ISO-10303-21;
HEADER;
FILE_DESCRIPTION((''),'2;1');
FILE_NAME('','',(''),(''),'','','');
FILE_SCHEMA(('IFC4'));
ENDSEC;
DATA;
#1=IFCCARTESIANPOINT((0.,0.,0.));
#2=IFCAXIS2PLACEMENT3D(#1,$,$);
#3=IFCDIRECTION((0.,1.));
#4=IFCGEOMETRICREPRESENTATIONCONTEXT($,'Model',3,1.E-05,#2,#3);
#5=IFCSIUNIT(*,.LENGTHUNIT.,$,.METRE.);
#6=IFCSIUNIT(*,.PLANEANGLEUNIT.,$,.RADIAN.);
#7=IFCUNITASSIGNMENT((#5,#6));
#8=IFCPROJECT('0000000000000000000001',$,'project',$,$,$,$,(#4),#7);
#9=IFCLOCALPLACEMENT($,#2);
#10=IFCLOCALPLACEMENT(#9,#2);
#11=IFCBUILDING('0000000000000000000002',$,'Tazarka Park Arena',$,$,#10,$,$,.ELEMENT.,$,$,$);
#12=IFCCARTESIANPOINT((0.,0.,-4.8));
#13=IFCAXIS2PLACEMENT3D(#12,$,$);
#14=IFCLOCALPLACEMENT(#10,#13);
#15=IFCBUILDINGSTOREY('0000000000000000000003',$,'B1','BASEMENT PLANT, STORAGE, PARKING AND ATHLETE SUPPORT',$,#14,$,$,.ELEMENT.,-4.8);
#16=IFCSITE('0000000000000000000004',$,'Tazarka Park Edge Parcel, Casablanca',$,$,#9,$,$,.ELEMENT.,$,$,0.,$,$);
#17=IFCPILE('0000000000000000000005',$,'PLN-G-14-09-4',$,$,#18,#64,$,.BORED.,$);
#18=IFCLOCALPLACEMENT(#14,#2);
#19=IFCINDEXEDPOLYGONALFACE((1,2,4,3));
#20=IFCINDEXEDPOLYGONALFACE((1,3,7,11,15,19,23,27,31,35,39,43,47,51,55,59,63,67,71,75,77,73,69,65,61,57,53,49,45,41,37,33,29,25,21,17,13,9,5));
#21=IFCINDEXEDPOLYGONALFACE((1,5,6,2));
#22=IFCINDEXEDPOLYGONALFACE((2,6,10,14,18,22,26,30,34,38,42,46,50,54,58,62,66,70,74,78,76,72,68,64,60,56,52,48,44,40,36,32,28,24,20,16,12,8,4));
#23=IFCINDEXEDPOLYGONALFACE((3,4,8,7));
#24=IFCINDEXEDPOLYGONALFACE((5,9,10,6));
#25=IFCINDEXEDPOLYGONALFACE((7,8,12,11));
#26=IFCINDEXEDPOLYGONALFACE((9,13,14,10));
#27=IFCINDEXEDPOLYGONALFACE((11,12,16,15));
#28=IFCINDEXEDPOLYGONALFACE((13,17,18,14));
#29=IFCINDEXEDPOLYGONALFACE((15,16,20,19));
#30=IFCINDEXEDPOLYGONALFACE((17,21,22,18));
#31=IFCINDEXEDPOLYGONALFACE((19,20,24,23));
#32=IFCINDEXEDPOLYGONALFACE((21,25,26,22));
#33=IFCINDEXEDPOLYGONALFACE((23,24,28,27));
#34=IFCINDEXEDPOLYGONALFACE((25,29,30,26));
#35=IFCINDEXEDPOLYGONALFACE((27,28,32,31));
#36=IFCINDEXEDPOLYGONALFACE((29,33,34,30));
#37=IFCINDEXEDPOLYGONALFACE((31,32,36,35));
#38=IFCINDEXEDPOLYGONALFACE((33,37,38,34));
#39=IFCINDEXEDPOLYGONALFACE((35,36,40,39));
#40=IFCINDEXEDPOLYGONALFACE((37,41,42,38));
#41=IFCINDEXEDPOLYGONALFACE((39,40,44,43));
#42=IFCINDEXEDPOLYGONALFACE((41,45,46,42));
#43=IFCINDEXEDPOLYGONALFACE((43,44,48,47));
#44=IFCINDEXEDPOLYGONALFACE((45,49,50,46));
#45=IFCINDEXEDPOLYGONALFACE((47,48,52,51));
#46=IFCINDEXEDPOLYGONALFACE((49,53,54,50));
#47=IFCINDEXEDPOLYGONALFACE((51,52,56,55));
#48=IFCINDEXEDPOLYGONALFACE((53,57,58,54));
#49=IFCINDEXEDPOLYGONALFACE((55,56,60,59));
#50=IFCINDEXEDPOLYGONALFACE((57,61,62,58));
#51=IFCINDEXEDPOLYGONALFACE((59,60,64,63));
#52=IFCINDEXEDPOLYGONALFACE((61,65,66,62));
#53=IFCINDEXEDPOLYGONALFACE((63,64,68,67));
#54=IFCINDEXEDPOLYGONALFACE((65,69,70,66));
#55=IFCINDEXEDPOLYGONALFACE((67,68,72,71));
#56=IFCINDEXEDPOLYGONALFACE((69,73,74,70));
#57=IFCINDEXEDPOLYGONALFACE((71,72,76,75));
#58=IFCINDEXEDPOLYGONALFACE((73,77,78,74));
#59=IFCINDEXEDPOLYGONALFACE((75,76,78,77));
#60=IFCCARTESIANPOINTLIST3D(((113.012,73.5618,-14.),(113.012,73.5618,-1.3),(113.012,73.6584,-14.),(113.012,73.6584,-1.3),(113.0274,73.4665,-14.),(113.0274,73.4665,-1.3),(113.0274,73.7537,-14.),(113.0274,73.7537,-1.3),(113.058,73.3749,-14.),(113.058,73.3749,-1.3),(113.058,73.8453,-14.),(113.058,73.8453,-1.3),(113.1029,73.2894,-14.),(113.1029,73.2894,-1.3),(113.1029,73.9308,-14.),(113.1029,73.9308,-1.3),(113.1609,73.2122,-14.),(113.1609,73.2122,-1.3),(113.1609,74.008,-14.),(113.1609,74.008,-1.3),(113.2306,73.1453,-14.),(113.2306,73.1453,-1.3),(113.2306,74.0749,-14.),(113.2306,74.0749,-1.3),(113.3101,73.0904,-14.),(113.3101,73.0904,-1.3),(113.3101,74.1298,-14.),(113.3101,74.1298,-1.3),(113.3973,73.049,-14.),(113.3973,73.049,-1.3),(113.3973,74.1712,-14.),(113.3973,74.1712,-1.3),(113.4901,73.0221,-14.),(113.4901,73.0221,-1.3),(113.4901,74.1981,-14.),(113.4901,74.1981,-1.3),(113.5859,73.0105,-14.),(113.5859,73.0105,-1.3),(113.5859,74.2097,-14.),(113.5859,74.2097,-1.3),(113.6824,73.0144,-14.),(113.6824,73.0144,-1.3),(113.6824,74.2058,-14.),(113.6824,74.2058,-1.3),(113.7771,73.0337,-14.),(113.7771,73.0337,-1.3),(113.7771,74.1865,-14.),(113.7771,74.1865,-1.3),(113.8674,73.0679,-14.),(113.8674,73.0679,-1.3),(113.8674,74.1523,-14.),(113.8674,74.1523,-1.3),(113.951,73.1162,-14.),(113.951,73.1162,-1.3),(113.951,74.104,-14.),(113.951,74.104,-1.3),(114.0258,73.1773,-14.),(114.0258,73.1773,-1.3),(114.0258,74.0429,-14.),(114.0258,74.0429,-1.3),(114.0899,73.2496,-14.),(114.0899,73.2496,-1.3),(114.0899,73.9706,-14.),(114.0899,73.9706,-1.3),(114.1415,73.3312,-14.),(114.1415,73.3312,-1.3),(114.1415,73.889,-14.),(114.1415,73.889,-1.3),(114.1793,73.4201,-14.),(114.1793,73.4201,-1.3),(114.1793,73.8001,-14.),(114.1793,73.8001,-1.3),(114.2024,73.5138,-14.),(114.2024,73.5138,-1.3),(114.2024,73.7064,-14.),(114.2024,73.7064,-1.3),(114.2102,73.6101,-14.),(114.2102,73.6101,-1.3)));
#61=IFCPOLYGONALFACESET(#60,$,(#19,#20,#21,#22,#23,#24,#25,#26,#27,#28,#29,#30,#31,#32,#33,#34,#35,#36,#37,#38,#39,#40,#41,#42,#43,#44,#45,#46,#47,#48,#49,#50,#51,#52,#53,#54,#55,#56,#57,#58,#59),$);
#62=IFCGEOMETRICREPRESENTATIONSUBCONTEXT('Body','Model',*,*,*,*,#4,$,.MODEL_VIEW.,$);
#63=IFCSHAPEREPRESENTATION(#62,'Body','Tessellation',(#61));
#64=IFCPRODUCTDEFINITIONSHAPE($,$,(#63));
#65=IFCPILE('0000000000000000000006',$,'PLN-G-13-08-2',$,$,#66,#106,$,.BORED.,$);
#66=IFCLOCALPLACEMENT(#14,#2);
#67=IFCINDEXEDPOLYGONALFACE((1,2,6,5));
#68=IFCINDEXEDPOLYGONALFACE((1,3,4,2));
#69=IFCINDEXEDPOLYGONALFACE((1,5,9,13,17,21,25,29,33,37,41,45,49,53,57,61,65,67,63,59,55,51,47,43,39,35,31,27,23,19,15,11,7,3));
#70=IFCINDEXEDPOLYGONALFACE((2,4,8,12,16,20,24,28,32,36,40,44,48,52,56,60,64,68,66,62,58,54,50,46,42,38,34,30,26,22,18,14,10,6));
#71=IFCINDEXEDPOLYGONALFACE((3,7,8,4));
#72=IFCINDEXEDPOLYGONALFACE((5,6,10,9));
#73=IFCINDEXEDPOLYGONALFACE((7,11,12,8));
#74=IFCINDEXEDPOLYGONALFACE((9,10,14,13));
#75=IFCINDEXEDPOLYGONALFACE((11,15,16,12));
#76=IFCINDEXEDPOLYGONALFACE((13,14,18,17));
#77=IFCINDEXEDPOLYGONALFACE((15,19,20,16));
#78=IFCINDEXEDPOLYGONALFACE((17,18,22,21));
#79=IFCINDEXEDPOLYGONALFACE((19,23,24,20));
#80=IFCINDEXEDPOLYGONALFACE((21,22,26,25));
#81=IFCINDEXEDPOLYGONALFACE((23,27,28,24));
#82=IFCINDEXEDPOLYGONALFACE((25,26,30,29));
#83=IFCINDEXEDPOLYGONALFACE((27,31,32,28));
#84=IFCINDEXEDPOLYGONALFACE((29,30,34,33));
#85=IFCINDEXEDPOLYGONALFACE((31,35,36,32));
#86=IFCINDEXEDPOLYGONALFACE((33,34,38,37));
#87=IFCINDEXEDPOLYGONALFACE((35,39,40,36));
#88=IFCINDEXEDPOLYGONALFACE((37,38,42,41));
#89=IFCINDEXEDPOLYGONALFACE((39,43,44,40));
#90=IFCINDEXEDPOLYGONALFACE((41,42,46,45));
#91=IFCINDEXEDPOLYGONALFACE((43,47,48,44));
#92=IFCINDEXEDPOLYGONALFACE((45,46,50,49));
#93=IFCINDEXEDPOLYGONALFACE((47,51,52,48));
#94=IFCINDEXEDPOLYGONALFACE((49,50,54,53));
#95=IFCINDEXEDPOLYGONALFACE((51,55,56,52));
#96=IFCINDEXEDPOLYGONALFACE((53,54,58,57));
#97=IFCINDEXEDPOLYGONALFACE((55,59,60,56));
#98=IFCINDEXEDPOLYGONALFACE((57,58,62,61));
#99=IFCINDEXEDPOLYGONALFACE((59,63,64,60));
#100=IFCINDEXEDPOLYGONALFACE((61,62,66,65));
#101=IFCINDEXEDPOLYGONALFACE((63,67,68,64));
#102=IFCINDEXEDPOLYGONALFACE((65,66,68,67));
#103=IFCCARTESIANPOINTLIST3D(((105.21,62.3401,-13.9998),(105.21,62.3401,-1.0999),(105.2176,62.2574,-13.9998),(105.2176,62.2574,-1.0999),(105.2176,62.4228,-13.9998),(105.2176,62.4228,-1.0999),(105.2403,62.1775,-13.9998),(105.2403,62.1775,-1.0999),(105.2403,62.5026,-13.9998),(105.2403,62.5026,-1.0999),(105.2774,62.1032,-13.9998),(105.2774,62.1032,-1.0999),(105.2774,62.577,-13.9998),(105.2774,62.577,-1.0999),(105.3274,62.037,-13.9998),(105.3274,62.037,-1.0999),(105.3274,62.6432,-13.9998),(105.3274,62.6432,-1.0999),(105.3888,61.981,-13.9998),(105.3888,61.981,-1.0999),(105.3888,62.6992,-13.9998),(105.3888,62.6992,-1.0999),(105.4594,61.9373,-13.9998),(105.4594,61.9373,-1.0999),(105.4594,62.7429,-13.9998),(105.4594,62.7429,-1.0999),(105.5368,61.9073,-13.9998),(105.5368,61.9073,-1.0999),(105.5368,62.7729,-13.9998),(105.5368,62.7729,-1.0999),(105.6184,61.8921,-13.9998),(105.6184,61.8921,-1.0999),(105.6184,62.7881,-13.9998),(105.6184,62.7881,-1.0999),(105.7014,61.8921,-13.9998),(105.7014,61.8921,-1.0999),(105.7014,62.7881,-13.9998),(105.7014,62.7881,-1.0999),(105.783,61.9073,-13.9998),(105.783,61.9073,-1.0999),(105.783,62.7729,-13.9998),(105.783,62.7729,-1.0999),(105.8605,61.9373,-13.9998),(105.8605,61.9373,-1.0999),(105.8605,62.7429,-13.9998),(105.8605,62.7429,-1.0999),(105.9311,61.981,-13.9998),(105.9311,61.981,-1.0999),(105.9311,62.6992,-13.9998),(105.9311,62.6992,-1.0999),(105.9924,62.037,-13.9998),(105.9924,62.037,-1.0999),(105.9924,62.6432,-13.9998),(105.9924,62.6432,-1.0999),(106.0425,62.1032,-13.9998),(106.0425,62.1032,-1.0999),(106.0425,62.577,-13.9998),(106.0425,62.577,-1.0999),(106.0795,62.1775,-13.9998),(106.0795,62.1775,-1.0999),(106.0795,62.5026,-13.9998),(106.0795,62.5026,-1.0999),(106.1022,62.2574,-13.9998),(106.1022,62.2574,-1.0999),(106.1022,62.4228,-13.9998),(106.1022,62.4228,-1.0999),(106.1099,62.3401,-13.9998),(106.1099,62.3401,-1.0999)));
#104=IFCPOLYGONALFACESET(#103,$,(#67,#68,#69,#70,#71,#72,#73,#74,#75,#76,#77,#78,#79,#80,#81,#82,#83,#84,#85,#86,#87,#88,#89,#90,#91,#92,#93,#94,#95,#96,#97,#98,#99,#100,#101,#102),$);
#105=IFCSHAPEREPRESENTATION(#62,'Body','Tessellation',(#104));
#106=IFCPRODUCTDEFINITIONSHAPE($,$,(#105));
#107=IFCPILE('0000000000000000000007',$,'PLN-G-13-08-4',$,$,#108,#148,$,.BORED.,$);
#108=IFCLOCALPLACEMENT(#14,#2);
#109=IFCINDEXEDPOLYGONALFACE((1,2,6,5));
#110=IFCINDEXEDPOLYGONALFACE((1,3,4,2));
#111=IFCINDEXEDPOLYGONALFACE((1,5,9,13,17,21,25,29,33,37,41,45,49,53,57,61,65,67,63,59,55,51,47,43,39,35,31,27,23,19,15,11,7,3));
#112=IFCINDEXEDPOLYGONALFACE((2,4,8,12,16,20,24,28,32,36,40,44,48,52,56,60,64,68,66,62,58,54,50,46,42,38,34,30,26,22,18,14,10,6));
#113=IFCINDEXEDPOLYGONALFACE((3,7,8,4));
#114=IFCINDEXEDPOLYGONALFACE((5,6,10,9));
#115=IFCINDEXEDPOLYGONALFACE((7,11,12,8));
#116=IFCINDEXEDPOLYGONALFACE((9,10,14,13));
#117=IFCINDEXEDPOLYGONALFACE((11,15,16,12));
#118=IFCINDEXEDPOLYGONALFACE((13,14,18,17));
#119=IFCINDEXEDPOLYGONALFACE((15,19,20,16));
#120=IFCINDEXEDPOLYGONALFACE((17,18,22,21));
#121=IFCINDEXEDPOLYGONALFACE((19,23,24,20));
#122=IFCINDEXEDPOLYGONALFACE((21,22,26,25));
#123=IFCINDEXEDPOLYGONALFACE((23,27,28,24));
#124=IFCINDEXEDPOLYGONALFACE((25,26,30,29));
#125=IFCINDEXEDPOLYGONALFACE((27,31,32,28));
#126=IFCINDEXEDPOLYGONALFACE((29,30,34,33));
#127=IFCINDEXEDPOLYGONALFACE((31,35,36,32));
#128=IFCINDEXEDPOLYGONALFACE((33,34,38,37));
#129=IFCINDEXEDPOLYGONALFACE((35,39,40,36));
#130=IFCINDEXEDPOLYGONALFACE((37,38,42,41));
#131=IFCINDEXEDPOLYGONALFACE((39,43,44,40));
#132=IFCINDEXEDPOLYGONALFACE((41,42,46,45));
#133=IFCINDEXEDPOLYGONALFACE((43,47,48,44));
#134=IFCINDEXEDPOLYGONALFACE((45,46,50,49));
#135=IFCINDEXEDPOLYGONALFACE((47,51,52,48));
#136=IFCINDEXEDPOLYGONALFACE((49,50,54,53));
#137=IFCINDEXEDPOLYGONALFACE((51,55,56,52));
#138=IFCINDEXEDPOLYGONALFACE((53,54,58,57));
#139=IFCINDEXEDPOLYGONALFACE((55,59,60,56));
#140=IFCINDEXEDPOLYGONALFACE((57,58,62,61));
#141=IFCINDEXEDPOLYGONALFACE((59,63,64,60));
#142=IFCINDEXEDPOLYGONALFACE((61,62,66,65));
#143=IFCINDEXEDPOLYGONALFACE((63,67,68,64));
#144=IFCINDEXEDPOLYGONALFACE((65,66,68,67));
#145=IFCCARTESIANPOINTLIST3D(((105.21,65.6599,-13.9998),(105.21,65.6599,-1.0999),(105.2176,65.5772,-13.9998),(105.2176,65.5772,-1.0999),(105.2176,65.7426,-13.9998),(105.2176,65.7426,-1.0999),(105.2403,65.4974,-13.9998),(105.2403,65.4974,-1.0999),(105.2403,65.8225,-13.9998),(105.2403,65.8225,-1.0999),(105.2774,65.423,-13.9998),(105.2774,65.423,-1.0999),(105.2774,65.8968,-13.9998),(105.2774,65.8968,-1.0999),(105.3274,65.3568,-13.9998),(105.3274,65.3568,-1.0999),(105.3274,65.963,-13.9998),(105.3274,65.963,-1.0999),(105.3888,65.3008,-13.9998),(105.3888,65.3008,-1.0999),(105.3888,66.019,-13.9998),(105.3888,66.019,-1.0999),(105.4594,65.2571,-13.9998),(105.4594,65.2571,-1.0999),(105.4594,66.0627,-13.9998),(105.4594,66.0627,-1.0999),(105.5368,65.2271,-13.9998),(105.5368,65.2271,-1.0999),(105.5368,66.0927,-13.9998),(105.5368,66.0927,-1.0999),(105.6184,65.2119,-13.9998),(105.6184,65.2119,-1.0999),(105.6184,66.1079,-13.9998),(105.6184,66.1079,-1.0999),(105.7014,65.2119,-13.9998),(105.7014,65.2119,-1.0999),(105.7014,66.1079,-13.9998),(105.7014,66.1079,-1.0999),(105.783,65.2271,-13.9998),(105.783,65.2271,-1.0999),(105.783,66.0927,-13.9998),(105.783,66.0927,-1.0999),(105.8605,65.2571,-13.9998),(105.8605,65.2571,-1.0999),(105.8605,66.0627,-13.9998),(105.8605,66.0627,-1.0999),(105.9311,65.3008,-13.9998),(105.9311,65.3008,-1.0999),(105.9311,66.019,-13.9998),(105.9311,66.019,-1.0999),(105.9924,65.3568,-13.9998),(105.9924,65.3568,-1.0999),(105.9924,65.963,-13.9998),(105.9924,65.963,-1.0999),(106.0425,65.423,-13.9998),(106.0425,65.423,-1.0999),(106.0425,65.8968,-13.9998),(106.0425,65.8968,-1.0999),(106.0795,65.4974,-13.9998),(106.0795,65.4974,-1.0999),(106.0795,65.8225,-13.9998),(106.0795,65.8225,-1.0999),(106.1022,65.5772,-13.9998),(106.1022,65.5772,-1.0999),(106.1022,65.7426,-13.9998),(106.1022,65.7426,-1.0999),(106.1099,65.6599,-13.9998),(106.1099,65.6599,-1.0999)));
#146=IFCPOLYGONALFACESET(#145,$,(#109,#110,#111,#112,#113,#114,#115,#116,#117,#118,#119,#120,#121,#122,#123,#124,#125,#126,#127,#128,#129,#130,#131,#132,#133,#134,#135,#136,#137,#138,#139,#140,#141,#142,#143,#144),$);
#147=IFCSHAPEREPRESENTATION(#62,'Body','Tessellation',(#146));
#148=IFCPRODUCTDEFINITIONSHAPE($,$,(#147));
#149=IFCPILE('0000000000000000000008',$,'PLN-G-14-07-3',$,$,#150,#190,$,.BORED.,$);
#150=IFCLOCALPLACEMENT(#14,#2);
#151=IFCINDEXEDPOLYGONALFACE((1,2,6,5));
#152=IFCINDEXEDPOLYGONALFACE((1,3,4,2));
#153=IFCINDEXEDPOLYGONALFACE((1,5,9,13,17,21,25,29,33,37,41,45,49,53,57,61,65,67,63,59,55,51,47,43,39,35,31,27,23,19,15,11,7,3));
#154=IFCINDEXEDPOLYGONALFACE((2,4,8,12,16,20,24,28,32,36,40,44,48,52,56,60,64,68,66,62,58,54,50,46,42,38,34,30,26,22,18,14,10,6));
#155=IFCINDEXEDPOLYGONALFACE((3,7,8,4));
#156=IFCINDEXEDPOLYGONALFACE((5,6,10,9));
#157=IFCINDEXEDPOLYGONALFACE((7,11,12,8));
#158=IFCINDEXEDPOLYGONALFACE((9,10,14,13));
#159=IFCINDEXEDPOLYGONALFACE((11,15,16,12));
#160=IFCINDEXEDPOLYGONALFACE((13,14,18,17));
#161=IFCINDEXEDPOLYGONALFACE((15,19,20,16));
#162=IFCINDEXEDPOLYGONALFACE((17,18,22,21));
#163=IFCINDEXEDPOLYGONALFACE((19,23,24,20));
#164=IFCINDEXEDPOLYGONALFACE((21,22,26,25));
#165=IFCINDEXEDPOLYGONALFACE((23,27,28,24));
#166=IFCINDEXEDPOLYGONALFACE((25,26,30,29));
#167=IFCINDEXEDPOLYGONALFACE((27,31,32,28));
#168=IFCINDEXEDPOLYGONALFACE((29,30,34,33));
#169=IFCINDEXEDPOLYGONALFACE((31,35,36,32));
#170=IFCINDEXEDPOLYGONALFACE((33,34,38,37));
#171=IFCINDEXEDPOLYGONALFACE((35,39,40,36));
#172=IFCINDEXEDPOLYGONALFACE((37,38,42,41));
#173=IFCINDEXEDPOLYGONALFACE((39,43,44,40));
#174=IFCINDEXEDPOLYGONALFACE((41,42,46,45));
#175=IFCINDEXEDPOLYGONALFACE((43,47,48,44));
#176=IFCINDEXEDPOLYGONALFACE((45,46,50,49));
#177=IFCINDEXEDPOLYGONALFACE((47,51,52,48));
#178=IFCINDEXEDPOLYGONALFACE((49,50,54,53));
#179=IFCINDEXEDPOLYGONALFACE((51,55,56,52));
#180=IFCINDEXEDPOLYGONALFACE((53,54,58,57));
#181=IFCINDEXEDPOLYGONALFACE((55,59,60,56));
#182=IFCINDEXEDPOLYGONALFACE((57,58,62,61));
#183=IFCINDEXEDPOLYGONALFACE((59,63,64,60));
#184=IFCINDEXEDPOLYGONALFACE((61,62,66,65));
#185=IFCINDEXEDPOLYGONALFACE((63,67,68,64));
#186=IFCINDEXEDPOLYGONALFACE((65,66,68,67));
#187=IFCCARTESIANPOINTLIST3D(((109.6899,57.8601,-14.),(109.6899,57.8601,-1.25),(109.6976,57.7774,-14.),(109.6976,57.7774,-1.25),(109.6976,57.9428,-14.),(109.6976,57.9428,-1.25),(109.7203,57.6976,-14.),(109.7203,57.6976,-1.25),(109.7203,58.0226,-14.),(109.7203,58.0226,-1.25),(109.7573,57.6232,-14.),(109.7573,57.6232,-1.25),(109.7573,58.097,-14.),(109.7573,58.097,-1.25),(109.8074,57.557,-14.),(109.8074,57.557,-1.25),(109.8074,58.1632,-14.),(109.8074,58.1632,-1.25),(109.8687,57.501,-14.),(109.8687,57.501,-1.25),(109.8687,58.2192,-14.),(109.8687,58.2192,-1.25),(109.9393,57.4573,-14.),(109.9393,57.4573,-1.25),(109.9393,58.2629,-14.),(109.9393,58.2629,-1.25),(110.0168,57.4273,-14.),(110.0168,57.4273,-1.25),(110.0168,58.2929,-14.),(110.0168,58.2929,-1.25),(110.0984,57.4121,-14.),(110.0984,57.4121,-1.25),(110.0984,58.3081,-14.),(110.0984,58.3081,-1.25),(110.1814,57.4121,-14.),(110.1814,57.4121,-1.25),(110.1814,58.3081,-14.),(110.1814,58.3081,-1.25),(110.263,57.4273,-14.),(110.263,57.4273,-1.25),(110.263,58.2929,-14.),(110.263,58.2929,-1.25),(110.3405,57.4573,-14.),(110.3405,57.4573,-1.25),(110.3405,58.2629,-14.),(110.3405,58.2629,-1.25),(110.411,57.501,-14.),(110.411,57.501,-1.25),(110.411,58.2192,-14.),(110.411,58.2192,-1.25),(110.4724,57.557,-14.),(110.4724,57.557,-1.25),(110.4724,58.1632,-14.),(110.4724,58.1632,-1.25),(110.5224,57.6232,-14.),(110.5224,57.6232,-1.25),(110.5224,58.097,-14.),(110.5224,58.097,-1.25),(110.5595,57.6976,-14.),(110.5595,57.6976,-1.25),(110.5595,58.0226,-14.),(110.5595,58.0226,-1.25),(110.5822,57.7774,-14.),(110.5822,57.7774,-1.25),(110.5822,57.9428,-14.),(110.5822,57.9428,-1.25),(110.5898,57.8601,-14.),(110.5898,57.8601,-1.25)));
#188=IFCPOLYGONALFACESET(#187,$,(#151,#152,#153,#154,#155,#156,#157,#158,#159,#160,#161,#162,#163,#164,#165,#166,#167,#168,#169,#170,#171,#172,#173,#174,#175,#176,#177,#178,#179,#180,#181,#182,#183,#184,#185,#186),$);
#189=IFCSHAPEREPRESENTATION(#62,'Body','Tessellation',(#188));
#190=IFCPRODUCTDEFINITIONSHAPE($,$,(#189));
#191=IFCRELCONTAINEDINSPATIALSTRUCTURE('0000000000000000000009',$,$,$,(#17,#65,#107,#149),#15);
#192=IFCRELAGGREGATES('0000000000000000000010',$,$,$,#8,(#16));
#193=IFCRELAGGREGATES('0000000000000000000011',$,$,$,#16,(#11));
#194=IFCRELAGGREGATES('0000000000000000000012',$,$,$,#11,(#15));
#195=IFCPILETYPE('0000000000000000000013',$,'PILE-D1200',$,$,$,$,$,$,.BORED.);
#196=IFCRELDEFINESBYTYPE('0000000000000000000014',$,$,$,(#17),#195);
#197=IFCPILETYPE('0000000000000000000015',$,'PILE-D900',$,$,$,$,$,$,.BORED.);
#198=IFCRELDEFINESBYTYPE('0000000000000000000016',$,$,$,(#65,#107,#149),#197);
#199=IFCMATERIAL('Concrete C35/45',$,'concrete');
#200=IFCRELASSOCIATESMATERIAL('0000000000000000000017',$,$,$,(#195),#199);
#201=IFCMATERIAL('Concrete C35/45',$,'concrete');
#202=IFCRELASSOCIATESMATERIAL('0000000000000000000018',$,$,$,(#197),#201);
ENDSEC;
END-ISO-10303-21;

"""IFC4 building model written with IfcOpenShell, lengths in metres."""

from ifc_helpers import new_model, si_unit, direction, frame, origin, origin_2d, place, context, subcontext, project, spatial, circle, extrude, material, material_profile, profile_set, type_object, element, save


model = new_model("IFC4")

# Units and contexts
model_context = context("Model", 3, precision=1e-05, world=origin(), true_north=direction((0.0, 1.0)))
body_context = subcontext(model_context, "Body", "Model", "MODEL_VIEW")
ifc_project = project(units=[si_unit("LENGTHUNIT", "METRE"), si_unit("PLANEANGLEUNIT", "RADIAN")], contexts=[model_context])

# Site, building, storey
site_placement = place(None, origin())
site = spatial("IfcSite", under=ifc_project, at=site_placement, Name="Tazarka Park Edge Parcel, Casablanca", CompositionType="ELEMENT", RefElevation=0.0)
building_placement = place(site_placement, origin())
building = spatial("IfcBuilding", under=site, at=building_placement, Name="Tazarka Park Arena", CompositionType="ELEMENT")
storey_placement = place(building_placement, frame((0.0, 0.0, -4.8)))
storey = spatial("IfcBuildingStorey", under=building, at=storey_placement, Name="B1", Description="BASEMENT PLANT, STORAGE, PARKING AND ATHLETE SUPPORT", CompositionType="ELEMENT", Elevation=-4.8)

# Piles
ifc_material_1 = material(Name="Concrete C35/45", Category="concrete")
ifc_material_profile_1 = material_profile(ifc_material_1, circle(Radius=0.6001, at=origin_2d()), Name="Concrete C35/45")
ifc_profile_set_1 = profile_set([ifc_material_profile_1], Name="Concrete C35/45")
pile_type_1 = type_object("IfcPileType", Name="PILE-D1200", PredefinedType="BORED", material=ifc_profile_set_1)
for number, where, z_axis, x_axis, name in (
    (1, (113.6101, 73.6101, -1.3), (0.0, 0.0, -1.0), (1.0, 0.0, 0.0), "PLN-G-14-09-4"),
):
    element("IfcPile", number, at=place(storey_placement, frame(where, z_axis=z_axis, x_axis=x_axis)), inside=storey, type_object=pile_type_1, Name=name, PredefinedType="BORED", context=body_context, shape_type="SweptSolid", body=[
        extrude(circle(Radius=0.6001, at=origin_2d()), origin(), (0.0, 0.0, 1.0), 12.7),
    ])
ifc_material_2 = material(Name="Concrete C35/45", Category="concrete")
ifc_material_profile_2 = material_profile(ifc_material_2, circle(Radius=0.45, at=origin_2d()), Name="Concrete C35/45")
ifc_profile_set_2 = profile_set([ifc_material_profile_2], Name="Concrete C35/45")
pile_type_2 = type_object("IfcPileType", Name="PILE-D900", PredefinedType="BORED", material=ifc_profile_set_2)
for number, where, z_axis, x_axis, name in (
    (2, (105.6599, 62.3401, -1.0999), (0.0, 0.0, -1.0), (1.0, 0.0, 0.0), "PLN-G-13-08-2"),
    (3, (105.6599, 65.6599, -1.0999), (0.0, 0.0, -1.0), (1.0, 0.0, 0.0), "PLN-G-13-08-4"),
):
    element("IfcPile", number, at=place(storey_placement, frame(where, z_axis=z_axis, x_axis=x_axis)), inside=storey, type_object=pile_type_2, Name=name, PredefinedType="BORED", context=body_context, shape_type="SweptSolid", body=[
        extrude(circle(Radius=0.45, at=origin_2d()), origin(), (0.0, 0.0, 1.0), 12.8999),
    ])
for number, where, z_axis, x_axis, name in (
    (4, (110.1399, 57.8601, -1.25), (0.0, 0.0, -1.0), (1.0, 0.0, 0.0), "PLN-G-14-07-3"),
):
    element("IfcPile", number, at=place(storey_placement, frame(where, z_axis=z_axis, x_axis=x_axis)), inside=storey, type_object=pile_type_2, Name=name, PredefinedType="BORED", context=body_context, shape_type="SweptSolid", body=[
        extrude(circle(Radius=0.45, at=origin_2d()), origin(), (0.0, 0.0, 1.0), 12.75),
    ])

save(model, "model.ifc")
